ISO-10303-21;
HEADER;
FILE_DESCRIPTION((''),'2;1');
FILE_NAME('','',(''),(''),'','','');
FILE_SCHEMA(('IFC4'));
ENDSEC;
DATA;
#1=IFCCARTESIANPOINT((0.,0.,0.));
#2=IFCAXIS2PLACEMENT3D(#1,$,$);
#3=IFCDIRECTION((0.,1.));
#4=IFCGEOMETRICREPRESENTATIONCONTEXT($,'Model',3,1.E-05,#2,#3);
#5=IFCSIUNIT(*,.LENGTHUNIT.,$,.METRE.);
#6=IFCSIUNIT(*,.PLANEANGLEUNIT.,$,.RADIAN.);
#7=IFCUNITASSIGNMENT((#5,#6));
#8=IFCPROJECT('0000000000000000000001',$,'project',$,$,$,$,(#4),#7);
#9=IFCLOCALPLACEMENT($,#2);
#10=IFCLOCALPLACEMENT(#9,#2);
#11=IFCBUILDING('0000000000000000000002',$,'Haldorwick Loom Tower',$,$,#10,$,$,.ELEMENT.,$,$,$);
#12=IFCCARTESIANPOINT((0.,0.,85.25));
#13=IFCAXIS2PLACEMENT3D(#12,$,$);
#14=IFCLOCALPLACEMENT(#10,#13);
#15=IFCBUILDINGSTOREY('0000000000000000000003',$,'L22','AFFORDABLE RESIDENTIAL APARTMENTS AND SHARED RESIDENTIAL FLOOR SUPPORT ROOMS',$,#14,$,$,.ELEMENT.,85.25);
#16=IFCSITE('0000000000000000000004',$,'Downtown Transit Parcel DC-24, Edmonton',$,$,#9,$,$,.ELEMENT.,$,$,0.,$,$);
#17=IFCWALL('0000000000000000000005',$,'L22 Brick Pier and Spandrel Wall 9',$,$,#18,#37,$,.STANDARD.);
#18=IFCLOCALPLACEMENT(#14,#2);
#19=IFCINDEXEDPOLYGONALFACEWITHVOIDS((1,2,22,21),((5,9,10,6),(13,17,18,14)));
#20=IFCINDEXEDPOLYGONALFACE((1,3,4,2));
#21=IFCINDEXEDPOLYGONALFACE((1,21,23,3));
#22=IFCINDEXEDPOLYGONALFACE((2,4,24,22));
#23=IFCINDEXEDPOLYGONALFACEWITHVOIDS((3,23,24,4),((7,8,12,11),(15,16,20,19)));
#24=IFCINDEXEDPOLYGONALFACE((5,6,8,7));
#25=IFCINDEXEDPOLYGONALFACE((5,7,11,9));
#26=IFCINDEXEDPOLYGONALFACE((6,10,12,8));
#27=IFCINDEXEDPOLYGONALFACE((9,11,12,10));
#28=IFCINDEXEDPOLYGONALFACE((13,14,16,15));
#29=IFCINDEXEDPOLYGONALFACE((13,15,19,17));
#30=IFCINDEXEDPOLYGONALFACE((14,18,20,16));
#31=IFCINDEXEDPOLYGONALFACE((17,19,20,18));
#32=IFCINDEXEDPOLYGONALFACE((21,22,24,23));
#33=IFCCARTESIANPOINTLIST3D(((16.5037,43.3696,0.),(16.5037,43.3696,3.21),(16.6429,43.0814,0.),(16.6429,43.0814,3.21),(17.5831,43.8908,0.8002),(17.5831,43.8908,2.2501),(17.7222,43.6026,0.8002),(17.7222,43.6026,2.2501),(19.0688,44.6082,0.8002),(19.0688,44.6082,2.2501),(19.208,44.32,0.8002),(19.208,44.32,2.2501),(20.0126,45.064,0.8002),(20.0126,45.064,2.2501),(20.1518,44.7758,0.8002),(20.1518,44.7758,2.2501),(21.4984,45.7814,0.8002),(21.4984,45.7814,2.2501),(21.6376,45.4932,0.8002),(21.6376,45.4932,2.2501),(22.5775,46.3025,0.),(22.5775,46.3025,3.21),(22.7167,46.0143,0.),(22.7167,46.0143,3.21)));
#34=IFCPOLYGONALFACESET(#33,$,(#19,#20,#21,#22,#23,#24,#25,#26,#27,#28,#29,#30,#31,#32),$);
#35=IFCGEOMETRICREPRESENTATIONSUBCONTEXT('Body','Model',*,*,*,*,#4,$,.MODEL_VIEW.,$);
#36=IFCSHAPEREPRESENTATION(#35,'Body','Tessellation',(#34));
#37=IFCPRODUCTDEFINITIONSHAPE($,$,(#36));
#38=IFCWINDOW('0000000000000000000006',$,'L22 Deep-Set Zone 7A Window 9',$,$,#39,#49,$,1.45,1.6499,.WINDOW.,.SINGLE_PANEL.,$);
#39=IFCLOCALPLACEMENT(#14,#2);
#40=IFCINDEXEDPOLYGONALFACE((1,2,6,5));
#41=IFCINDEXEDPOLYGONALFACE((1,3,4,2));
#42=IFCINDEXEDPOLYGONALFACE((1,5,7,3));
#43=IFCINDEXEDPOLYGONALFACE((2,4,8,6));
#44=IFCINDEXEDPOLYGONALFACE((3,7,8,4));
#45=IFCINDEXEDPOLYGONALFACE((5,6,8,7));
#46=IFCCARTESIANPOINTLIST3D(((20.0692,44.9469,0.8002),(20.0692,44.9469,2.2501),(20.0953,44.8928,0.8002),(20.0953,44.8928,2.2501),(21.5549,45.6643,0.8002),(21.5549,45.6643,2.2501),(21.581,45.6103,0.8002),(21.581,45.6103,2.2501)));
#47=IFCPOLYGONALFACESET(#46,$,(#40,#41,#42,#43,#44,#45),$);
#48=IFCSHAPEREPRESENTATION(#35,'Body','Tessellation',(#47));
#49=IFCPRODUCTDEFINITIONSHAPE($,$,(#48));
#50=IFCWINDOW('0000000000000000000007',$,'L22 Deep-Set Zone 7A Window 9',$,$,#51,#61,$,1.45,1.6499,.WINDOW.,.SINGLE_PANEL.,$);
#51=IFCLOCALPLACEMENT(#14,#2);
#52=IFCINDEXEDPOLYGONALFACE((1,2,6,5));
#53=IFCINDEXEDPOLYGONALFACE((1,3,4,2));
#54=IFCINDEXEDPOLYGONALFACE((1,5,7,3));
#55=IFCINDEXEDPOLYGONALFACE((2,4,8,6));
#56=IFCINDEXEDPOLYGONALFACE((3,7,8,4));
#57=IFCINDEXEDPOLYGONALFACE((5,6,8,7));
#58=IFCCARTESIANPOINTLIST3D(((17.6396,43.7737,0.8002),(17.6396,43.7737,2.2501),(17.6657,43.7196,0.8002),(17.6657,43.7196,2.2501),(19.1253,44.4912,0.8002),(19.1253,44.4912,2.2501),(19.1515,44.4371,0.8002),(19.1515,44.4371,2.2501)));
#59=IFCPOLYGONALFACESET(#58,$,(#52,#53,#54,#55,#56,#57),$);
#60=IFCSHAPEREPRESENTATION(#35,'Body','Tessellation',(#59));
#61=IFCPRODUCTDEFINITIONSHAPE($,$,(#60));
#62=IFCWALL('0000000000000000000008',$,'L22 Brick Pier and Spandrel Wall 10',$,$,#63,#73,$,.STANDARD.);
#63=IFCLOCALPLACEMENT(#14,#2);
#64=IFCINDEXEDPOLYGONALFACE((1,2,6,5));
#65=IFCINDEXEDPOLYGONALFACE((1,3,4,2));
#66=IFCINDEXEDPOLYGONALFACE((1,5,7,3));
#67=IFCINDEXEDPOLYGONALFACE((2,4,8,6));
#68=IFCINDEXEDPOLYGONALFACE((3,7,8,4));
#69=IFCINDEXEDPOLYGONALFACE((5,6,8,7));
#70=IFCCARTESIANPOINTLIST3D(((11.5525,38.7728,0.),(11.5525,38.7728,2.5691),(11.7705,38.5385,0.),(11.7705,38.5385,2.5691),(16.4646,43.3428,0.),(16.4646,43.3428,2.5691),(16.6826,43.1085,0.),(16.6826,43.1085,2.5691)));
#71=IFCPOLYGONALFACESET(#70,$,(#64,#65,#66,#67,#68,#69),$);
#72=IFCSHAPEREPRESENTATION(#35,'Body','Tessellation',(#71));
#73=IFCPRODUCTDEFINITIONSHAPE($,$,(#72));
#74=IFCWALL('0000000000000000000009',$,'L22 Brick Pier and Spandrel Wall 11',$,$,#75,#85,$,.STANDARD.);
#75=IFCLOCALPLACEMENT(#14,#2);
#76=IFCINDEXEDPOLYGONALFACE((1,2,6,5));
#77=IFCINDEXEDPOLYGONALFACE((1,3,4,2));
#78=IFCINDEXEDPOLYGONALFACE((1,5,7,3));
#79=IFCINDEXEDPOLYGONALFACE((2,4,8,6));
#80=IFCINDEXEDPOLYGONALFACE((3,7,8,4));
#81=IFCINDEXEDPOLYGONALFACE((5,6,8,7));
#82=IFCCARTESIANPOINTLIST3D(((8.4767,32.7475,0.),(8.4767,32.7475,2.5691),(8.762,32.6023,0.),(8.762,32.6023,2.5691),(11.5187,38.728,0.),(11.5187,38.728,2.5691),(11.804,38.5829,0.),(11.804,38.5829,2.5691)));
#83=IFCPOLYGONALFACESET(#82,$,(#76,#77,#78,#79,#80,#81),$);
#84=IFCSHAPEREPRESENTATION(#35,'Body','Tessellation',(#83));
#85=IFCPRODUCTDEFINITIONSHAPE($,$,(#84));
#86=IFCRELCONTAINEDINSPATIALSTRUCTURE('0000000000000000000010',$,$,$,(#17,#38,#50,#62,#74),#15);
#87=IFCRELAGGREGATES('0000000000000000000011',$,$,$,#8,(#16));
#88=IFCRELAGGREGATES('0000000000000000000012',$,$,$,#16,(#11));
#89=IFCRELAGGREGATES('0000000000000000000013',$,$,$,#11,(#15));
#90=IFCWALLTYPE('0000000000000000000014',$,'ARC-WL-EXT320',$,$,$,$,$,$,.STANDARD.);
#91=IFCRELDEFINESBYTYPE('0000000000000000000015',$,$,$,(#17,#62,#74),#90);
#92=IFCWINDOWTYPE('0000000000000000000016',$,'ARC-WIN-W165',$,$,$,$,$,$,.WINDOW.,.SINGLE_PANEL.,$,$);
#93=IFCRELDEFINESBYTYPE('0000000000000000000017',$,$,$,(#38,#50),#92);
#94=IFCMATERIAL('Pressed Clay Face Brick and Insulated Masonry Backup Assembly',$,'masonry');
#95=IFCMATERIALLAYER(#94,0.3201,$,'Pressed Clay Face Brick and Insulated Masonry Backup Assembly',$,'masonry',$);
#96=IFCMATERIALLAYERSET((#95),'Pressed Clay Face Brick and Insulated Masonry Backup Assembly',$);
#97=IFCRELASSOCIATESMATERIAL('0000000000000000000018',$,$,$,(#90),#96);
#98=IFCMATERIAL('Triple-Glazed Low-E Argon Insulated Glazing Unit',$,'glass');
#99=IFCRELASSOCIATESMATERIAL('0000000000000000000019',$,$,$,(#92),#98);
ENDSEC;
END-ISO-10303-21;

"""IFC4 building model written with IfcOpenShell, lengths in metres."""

from ifc_helpers import new_model, si_unit, direction, frame, frame_2d, origin, place, context, subcontext, project, spatial, rectangle, extrude, material, layer, layer_set, type_object, element, fill, save


model = new_model("IFC4")

# Units and contexts
model_context = context("Model", 3, precision=1e-05, world=origin(), true_north=direction((0.0, 1.0)))
body_context = subcontext(model_context, "Body", "Model", "MODEL_VIEW")
ifc_project = project(units=[si_unit("LENGTHUNIT", "METRE"), si_unit("PLANEANGLEUNIT", "RADIAN")], contexts=[model_context])

# Site, building, storey
site_placement = place(None, origin())
site = spatial("IfcSite", under=ifc_project, at=site_placement, Name="Downtown Transit Parcel DC-24, Edmonton", CompositionType="ELEMENT", RefElevation=0.0)
building_placement = place(site_placement, origin())
building = spatial("IfcBuilding", under=site, at=building_placement, Name="Haldorwick Loom Tower", CompositionType="ELEMENT")
storey_placement = place(building_placement, frame((0.0, 0.0, 85.25)))
storey = spatial("IfcBuildingStorey", under=building, at=storey_placement, Name="L22", Description="AFFORDABLE RESIDENTIAL APARTMENTS AND SHARED RESIDENTIAL FLOOR SUPPORT ROOMS", CompositionType="ELEMENT", Elevation=85.25)

# Wall, openings, windows
ifc_material_1 = material(Name="Pressed Clay Face Brick and Insulated Masonry Backup Assembly", Category="masonry")
ifc_layer_1 = layer(ifc_material_1, 0.3201, Name="Pressed Clay Face Brick and Insulated Masonry Backup Assembly", Category="masonry")
ifc_layer_set_1 = layer_set([ifc_layer_1], Name="Pressed Clay Face Brick and Insulated Masonry Backup Assembly")
wall_type_1 = type_object("IfcWallType", Name="ARC-WL-EXT320", PredefinedType="STANDARD", material=ifc_layer_set_1)
wall_1_placement = place(storey_placement, frame((22.6472, 46.1584, 0.0), z_axis=(0.0, 0.0, 1.0), x_axis=(-0.90051, -0.434835, 0.0)))
wall_1 = element("IfcWall", 1, at=wall_1_placement, inside=storey, type_object=wall_type_1, Name="L22 Brick Pier and Spandrel Wall 9", PredefinedType="STANDARD", context=body_context, shape_type="SweptSolid", body=[
    extrude(rectangle(XDim=6.7449, YDim=0.3201, at=frame_2d((3.3726, 0.0))), origin(), (0.0, 0.0, 1.0), 3.21),
])
opening_1_placement = place(wall_1_placement, frame((1.1985, 0.0, 0.8)))
opening_1 = element("IfcOpeningElement", 2, at=opening_1_placement, cuts=wall_1, PredefinedType="OPENING", context=body_context, shape_type="SweptSolid", body=[
    extrude(rectangle(XDim=1.6499, YDim=1.45, at=frame_2d((0.825, 0.7251))), frame((0.0, 0.1699, 0.0), z_axis=(0.0, -1.0, 0.0), x_axis=(1.0, 0.0, 0.0)), (0.0, 0.0, 1.0), 0.3401),
])
opening_2_placement = place(wall_1_placement, frame((3.8965, 0.0, 0.8)))
opening_2 = element("IfcOpeningElement", 3, at=opening_2_placement, cuts=wall_1, PredefinedType="OPENING", context=body_context, shape_type="SweptSolid", body=[
    extrude(rectangle(XDim=1.6499, YDim=1.45, at=frame_2d((0.825, 0.7251))), frame((0.0, 0.1699, 0.0), z_axis=(0.0, -1.0, 0.0), x_axis=(1.0, 0.0, 0.0)), (0.0, 0.0, 1.0), 0.3401),
])
ifc_material_2 = material(Name="Triple-Glazed Low-E Argon Insulated Glazing Unit", Category="glass")
window_type = type_object("IfcWindowType", Name="ARC-WIN-W165", PartitioningType="SINGLE_PANEL", PredefinedType="WINDOW", material=ifc_material_2)
window_1_placement = place(opening_1_placement, origin())
window_1 = element("IfcWindow", 4, at=window_1_placement, inside=storey, type_object=window_type, Name="L22 Deep-Set Zone 7A Window 9", OverallHeight=1.45, OverallWidth=1.6499, PartitioningType="SINGLE_PANEL", PredefinedType="WINDOW", context=body_context, shape_type="SweptSolid", body=[
    extrude(rectangle(XDim=1.6499, YDim=1.45, at=frame_2d((0.825, 0.7251))), frame((0.0, 0.03, 0.0), z_axis=(0.0, -1.0, 0.0), x_axis=(1.0, 0.0, 0.0)), (0.0, 0.0, 1.0), 0.0601),
])
fill(opening_1, window_1)
window_2_placement = place(opening_2_placement, origin())
window_2 = element("IfcWindow", 5, at=window_2_placement, inside=storey, type_object=window_type, Name="L22 Deep-Set Zone 7A Window 9", OverallHeight=1.45, OverallWidth=1.6499, PartitioningType="SINGLE_PANEL", PredefinedType="WINDOW", context=body_context, shape_type="SweptSolid", body=[
    extrude(rectangle(XDim=1.6499, YDim=1.45, at=frame_2d((0.825, 0.7251))), frame((0.0, 0.03, 0.0), z_axis=(0.0, -1.0, 0.0), x_axis=(1.0, 0.0, 0.0)), (0.0, 0.0, 1.0), 0.0601),
])
fill(opening_2, window_2)

# Walls
wall_2_placement = place(storey_placement, frame((16.5735, 43.2256, 0.0), z_axis=(0.0, 0.0, 1.0), x_axis=(-0.732137, -0.681157, 0.0)))
element("IfcWall", 6, at=wall_2_placement, inside=storey, type_object=wall_type_1, Name="L22 Brick Pier and Spandrel Wall 10", PredefinedType="STANDARD", context=body_context, shape_type="SweptSolid", body=[
    extrude(rectangle(XDim=6.7092, YDim=0.3201, at=frame_2d((3.3545, 0.0))), origin(), (0.0, 0.0, 1.0), 2.5691),
])
wall_3_placement = place(storey_placement, frame((11.6614, 38.6555, 0.0), z_axis=(0.0, 0.0, 1.0), x_axis=(-0.453374, -0.89132, 0.0)))
element("IfcWall", 7, at=wall_3_placement, inside=storey, type_object=wall_type_1, Name="L22 Brick Pier and Spandrel Wall 11", PredefinedType="STANDARD", context=body_context, shape_type="SweptSolid", body=[
    extrude(rectangle(XDim=6.7097, YDim=0.3201, at=frame_2d((3.355, 0.0))), origin(), (0.0, 0.0, 1.0), 2.5691),
])

save(model, "model.ifc")
